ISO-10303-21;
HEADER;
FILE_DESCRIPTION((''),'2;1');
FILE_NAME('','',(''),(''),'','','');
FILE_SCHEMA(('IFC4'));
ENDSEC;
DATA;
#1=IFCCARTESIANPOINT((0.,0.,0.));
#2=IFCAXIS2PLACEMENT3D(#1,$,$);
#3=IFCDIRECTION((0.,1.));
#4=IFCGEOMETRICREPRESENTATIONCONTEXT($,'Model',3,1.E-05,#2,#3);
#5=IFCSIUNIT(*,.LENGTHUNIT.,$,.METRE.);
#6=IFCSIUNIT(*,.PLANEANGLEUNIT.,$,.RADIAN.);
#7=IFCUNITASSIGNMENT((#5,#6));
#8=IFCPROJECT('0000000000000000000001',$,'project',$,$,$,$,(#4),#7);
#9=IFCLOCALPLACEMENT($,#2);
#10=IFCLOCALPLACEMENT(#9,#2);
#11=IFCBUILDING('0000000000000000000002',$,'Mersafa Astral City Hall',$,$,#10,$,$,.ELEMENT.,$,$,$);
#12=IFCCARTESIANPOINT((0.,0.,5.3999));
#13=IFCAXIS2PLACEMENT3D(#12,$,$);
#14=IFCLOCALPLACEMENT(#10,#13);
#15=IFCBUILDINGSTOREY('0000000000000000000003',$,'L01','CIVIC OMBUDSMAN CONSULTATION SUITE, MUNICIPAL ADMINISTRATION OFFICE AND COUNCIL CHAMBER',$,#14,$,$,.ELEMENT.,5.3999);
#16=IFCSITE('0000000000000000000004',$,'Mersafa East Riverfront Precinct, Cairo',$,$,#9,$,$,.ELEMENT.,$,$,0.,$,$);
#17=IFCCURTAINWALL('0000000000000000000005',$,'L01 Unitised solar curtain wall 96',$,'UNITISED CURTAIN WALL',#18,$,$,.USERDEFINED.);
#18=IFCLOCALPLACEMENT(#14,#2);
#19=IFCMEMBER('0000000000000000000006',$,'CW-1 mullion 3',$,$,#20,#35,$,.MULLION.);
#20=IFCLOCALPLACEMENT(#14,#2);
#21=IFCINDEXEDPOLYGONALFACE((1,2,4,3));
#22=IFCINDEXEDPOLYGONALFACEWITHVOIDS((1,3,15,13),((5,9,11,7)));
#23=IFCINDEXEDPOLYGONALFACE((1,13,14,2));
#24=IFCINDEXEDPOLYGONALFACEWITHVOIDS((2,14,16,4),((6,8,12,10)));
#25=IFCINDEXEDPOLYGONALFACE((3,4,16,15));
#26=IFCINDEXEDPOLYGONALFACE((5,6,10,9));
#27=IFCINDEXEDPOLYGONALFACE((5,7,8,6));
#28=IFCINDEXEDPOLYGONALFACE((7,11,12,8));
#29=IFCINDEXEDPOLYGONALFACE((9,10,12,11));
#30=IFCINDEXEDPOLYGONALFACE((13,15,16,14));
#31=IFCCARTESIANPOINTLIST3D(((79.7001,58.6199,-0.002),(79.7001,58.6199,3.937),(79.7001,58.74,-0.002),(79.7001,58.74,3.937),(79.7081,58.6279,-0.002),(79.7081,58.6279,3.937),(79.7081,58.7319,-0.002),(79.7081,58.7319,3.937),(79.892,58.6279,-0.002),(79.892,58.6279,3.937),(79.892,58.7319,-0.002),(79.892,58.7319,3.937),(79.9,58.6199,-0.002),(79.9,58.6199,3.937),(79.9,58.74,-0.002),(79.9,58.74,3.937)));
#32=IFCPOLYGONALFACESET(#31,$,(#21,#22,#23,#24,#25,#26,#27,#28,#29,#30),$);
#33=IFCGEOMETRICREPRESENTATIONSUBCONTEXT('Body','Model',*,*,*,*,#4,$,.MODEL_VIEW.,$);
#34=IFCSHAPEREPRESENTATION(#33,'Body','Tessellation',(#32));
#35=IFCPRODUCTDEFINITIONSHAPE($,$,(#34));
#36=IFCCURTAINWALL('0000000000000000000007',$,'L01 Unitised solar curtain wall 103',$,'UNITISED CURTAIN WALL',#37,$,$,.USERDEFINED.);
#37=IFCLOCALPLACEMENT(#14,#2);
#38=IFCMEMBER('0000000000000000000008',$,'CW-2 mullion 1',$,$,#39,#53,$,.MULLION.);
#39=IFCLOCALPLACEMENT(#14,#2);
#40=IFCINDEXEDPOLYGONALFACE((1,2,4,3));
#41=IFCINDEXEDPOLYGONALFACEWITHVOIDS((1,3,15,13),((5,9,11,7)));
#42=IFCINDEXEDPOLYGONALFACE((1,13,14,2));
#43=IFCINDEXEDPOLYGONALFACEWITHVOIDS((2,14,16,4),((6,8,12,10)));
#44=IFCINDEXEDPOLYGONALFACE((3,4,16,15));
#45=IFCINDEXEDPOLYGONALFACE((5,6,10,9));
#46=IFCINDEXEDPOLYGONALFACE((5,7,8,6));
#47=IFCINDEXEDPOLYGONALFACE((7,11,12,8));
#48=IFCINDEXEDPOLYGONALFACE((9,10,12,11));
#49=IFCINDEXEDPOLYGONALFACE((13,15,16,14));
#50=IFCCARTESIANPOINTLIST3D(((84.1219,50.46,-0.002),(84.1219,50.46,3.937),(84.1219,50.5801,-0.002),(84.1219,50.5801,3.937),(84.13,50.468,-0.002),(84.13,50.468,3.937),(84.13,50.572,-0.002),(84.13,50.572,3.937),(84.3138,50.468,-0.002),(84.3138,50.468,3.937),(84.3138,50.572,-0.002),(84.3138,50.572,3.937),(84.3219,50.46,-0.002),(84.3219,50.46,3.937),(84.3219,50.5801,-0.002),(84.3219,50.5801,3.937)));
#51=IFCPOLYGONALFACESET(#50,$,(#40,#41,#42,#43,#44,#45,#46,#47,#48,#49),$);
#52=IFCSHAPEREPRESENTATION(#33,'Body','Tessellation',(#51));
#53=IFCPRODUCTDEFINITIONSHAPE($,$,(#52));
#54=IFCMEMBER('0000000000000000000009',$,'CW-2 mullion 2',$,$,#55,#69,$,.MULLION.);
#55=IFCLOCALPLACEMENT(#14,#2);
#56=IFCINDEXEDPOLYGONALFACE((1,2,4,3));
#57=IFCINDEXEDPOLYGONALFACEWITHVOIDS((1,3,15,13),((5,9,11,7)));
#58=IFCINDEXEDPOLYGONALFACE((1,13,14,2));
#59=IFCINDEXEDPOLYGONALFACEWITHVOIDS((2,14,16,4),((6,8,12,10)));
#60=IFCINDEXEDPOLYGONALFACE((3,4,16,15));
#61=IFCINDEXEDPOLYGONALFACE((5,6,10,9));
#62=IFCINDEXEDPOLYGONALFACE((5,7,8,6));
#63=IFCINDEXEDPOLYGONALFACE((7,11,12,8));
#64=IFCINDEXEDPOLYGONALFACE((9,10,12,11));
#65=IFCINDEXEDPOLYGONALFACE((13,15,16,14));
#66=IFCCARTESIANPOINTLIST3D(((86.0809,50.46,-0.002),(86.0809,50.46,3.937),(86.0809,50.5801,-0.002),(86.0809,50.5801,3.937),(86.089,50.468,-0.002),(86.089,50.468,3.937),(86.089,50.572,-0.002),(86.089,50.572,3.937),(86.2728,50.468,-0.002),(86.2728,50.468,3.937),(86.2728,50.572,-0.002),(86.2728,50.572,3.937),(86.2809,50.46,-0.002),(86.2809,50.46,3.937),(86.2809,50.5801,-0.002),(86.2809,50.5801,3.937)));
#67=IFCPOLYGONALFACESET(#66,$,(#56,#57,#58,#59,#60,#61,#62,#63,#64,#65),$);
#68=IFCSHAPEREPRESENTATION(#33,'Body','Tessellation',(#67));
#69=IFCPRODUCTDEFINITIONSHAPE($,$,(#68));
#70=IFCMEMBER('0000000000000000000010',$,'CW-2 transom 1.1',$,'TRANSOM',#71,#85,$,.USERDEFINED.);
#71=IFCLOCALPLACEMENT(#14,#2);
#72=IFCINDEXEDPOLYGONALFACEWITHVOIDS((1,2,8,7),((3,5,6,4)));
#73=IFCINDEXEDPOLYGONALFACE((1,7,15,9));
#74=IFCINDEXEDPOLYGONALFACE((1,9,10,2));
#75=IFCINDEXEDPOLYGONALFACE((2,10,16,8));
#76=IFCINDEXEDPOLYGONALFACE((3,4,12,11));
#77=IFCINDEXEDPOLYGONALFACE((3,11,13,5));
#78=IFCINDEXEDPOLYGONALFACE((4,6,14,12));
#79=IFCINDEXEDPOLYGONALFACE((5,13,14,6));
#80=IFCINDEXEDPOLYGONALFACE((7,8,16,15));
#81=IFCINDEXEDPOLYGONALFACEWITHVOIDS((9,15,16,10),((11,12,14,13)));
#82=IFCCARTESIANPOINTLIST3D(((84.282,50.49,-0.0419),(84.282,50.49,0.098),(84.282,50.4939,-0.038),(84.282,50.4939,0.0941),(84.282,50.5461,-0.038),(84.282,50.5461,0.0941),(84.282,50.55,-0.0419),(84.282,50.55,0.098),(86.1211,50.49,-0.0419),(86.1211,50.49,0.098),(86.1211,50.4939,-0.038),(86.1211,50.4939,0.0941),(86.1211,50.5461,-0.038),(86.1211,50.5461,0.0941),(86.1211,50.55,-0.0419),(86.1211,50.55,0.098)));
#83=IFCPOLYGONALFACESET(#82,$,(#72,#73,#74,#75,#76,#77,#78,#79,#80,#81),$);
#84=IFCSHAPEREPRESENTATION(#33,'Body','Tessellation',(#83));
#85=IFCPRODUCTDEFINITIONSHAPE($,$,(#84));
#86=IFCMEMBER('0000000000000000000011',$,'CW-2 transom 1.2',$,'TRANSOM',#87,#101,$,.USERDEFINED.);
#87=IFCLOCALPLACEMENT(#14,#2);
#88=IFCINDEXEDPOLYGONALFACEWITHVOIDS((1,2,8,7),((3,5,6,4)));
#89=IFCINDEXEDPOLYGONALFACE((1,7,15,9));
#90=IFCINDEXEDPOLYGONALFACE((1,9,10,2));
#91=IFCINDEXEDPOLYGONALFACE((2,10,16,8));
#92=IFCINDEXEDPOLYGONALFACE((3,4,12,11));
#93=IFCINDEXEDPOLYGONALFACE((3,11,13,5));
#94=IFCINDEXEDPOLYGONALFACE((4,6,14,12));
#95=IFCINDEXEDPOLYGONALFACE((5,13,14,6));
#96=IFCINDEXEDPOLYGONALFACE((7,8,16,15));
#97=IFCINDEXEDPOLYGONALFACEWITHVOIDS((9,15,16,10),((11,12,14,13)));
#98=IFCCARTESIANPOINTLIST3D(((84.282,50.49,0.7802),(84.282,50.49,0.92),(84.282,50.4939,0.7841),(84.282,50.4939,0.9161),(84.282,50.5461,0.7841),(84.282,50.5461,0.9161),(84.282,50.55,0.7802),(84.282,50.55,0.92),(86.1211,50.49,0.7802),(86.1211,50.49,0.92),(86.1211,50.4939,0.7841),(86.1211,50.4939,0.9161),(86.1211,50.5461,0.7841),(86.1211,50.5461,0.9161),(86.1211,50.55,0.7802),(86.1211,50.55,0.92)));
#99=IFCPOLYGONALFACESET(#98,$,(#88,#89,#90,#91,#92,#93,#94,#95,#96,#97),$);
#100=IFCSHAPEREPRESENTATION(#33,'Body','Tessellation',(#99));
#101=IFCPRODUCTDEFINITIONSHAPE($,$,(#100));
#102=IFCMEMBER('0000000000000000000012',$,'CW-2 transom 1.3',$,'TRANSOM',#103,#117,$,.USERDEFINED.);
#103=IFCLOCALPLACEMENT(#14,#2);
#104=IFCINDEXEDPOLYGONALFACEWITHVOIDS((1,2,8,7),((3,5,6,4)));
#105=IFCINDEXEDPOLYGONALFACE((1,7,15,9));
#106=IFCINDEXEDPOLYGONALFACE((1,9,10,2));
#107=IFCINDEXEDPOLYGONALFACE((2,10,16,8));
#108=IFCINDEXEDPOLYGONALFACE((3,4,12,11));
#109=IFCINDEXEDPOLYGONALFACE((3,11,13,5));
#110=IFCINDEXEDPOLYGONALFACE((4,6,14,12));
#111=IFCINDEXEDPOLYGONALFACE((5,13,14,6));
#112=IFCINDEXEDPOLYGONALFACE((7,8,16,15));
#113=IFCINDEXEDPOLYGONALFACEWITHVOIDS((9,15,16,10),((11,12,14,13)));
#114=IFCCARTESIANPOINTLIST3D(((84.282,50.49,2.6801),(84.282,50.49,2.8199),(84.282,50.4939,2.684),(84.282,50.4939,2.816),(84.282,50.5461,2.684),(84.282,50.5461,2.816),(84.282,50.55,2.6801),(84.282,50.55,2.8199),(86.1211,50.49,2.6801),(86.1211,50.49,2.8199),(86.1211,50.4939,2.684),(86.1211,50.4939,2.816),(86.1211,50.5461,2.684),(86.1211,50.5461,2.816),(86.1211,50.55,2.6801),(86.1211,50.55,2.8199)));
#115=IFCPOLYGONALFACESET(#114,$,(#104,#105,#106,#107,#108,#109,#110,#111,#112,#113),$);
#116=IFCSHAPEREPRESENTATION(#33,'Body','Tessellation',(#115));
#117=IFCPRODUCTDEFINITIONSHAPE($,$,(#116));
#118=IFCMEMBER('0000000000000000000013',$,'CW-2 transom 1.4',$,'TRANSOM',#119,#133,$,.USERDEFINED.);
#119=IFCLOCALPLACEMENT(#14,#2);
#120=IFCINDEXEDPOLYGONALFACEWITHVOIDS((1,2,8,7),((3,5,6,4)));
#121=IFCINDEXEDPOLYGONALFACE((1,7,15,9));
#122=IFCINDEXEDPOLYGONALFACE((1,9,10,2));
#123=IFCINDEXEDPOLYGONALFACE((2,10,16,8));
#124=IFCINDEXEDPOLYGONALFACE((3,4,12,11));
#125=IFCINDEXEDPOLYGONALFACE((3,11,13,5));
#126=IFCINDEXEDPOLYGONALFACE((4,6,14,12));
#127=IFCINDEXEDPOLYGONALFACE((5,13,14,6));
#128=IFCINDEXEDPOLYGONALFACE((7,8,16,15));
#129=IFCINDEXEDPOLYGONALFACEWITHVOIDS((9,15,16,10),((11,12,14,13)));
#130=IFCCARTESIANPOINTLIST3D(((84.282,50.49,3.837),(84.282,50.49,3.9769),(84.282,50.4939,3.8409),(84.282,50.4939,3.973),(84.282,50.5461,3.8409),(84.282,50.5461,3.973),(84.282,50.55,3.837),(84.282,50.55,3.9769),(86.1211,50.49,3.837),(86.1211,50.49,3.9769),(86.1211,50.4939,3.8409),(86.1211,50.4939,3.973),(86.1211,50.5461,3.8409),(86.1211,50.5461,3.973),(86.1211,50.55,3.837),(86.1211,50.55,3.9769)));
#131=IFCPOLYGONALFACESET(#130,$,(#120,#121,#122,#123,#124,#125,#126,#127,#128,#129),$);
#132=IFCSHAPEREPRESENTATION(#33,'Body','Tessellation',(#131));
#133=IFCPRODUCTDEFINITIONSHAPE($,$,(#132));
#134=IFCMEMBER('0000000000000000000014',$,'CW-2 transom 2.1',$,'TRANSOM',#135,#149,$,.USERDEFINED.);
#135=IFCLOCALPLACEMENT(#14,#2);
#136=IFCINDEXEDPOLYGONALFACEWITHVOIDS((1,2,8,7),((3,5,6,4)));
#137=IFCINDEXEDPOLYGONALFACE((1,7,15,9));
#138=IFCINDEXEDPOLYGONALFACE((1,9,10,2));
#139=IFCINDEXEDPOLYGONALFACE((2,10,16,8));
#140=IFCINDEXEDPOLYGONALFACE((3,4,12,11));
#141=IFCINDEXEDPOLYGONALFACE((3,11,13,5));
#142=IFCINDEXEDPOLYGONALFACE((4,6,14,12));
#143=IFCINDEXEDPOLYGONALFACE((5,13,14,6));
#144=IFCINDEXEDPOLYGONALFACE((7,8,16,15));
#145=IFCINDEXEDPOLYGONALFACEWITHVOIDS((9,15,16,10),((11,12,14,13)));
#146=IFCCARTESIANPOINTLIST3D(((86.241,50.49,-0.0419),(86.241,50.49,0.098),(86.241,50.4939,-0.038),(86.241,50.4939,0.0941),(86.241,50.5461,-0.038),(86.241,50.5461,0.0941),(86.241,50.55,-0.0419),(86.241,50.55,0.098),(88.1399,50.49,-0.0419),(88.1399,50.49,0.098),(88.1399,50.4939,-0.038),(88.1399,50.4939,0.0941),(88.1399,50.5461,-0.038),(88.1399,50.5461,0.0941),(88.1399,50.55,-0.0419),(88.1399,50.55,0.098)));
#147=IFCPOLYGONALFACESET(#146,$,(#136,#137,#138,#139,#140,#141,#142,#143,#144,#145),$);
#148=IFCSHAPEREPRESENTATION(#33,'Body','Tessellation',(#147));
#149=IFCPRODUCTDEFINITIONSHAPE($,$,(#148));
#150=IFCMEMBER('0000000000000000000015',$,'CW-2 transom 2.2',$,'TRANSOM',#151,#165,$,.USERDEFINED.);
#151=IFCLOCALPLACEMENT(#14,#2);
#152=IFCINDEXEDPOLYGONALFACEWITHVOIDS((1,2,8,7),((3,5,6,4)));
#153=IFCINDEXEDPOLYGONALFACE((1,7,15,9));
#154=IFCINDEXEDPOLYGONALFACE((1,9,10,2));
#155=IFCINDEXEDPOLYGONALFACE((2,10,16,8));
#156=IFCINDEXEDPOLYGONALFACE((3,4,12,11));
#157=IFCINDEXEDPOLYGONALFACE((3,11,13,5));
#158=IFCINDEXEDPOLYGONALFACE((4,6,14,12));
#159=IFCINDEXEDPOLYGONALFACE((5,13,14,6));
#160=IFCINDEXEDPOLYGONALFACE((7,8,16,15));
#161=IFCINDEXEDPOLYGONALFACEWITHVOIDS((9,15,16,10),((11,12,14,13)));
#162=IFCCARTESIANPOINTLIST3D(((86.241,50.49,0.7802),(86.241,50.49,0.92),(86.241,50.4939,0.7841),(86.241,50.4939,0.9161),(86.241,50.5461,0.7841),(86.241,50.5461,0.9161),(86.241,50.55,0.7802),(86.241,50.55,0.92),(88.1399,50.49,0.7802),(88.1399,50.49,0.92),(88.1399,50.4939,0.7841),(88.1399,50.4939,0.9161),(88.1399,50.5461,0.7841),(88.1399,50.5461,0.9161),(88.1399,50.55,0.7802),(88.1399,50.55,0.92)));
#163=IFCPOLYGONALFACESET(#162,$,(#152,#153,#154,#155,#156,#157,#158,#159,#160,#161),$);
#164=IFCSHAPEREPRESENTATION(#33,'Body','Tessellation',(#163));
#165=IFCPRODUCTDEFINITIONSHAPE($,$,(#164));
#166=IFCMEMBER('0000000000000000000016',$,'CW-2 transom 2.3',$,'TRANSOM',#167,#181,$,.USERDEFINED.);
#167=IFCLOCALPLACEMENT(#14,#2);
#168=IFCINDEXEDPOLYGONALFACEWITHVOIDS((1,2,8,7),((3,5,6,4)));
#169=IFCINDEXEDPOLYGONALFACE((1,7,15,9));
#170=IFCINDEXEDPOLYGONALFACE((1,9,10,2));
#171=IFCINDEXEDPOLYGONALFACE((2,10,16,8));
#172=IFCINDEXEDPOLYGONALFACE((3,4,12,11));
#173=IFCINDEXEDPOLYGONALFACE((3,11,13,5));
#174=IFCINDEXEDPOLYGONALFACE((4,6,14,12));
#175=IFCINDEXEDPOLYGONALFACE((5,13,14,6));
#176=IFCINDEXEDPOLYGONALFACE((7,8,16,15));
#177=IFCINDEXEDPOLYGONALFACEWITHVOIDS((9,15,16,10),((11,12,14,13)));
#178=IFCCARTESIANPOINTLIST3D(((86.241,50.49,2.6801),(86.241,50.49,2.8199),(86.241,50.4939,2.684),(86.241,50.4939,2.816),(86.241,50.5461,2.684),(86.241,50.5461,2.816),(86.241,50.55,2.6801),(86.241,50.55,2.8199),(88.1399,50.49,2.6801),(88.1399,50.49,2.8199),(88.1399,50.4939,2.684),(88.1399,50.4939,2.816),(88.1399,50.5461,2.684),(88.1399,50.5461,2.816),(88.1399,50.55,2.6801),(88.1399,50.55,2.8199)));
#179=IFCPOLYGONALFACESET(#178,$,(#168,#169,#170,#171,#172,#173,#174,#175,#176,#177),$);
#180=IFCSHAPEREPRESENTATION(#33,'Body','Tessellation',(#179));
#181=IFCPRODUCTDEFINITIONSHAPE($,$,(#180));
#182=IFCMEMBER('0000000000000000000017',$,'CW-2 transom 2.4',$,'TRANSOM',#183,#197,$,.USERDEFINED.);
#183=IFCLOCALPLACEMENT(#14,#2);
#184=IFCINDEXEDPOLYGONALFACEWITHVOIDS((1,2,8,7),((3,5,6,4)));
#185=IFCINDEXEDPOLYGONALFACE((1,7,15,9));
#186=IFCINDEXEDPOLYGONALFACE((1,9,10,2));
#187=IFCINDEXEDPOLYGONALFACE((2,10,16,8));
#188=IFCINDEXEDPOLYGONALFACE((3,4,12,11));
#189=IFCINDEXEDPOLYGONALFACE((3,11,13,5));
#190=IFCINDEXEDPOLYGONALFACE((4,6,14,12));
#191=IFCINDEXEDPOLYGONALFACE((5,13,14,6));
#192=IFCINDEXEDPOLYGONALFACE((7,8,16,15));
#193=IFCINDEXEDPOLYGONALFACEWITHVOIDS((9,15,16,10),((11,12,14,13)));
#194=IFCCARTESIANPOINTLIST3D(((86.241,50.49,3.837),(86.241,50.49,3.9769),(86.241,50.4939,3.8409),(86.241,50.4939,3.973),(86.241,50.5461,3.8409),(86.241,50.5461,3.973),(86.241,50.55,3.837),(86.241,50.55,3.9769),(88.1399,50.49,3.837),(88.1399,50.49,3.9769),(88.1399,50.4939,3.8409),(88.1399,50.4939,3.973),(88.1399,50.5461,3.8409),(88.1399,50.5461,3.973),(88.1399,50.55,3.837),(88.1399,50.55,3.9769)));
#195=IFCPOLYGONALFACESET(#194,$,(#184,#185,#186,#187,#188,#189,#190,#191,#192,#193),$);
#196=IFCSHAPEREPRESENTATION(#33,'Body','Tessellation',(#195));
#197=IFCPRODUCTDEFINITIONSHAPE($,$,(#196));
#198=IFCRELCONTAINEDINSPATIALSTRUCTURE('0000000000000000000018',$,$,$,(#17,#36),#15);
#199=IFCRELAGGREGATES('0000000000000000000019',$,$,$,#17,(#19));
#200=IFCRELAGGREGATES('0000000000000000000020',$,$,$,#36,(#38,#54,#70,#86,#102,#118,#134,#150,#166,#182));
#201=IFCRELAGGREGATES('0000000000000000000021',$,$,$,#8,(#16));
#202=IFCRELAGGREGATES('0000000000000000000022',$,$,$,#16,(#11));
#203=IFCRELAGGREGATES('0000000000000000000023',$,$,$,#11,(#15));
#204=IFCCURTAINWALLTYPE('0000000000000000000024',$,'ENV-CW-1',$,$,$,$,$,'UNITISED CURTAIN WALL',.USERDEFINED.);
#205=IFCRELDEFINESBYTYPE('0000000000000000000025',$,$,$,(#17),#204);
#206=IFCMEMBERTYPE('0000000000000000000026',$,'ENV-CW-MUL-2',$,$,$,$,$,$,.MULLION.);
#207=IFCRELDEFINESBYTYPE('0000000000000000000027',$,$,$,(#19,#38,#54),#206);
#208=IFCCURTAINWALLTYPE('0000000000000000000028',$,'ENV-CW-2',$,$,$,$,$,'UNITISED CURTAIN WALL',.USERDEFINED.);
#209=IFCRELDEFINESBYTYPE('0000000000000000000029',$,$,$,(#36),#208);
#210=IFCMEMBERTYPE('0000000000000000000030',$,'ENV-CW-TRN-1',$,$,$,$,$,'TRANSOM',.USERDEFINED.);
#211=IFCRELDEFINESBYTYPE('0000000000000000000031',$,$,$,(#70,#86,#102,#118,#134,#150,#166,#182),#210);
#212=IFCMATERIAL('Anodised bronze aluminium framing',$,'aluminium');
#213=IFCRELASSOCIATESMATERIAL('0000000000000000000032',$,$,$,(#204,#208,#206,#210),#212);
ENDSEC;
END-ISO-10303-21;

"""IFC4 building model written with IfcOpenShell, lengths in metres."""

from ifc_helpers import new_model, si_unit, direction, frame, origin, origin_2d, place, context, subcontext, project, spatial, hollow_rectangle, extrude, material, material_profile, profile_set, type_object, element, aggregate, save


model = new_model("IFC4")

# Units and contexts
model_context = context("Model", 3, precision=1e-05, world=origin(), true_north=direction((0.0, 1.0)))
body_context = subcontext(model_context, "Body", "Model", "MODEL_VIEW")
ifc_project = project(units=[si_unit("LENGTHUNIT", "METRE"), si_unit("PLANEANGLEUNIT", "RADIAN")], contexts=[model_context])

# Site, building, storey
site_placement = place(None, origin())
site = spatial("IfcSite", under=ifc_project, at=site_placement, Name="Mersafa East Riverfront Precinct, Cairo", CompositionType="ELEMENT", RefElevation=0.0)
building_placement = place(site_placement, origin())
building = spatial("IfcBuilding", under=site, at=building_placement, Name="Mersafa Astral City Hall", CompositionType="ELEMENT")
storey_placement = place(building_placement, frame((0.0, 0.0, 5.3999)))
storey = spatial("IfcBuildingStorey", under=building, at=storey_placement, Name="L01", Description="CIVIC OMBUDSMAN CONSULTATION SUITE, MUNICIPAL ADMINISTRATION OFFICE AND COUNCIL CHAMBER", CompositionType="ELEMENT", Elevation=5.3999)

# Curtain wall, member
ifc_material_1 = material(Name="Anodised bronze aluminium framing", Category="aluminium")
curtain_wall_type_1 = type_object("IfcCurtainWallType", Name="ENV-CW-1", ElementType="UNITISED CURTAIN WALL", PredefinedType="USERDEFINED", material=ifc_material_1)
curtain_wall_1_placement = place(storey_placement, origin())
curtain_wall_1 = element("IfcCurtainWall", 1, at=curtain_wall_1_placement, inside=storey, type_object=curtain_wall_type_1, Name="L01 Unitised solar curtain wall 96", ObjectType="UNITISED CURTAIN WALL", PredefinedType="USERDEFINED")
ifc_material_profile_1 = material_profile(ifc_material_1, hollow_rectangle(XDim=0.1201, YDim=0.2, WallThickness=0.0081, at=origin_2d()), Name="RHS 120x200x8")
ifc_profile_set_1 = profile_set([ifc_material_profile_1], Name="Anodised bronze aluminium framing")
member_type_1 = type_object("IfcMemberType", Name="ENV-CW-MUL-2", PredefinedType="MULLION", material=ifc_profile_set_1)
member_1_placement = place(storey_placement, frame((79.8, 58.6799, -0.002), z_axis=(0.0, 0.0, 1.0), x_axis=(0.0, -1.0, 0.0)))
member_1 = element("IfcMember", 2, at=member_1_placement, type_object=member_type_1, Name="CW-1 mullion 3", PredefinedType="MULLION", context=body_context, shape_type="SweptSolid", body=[
    extrude(hollow_rectangle(XDim=0.1201, YDim=0.2, WallThickness=0.0081, at=origin_2d()), origin(), (0.0, 0.0, 1.0), 3.939),
])

# Curtain wall, members
curtain_wall_type_2 = type_object("IfcCurtainWallType", Name="ENV-CW-2", ElementType="UNITISED CURTAIN WALL", PredefinedType="USERDEFINED", material=ifc_material_1)
curtain_wall_2_placement = place(storey_placement, origin())
curtain_wall_2 = element("IfcCurtainWall", 3, at=curtain_wall_2_placement, inside=storey, type_object=curtain_wall_type_2, Name="L01 Unitised solar curtain wall 103", ObjectType="UNITISED CURTAIN WALL", PredefinedType="USERDEFINED")
member_2_placement = place(storey_placement, frame((84.2219, 50.52, -0.002), z_axis=(0.0, 0.0, 1.0), x_axis=(0.0, 1.0, 0.0)))
member_2 = element("IfcMember", 4, at=member_2_placement, type_object=member_type_1, Name="CW-2 mullion 1", PredefinedType="MULLION", context=body_context, shape_type="SweptSolid", body=[
    extrude(hollow_rectangle(XDim=0.1201, YDim=0.2, WallThickness=0.0081, at=origin_2d()), origin(), (0.0, 0.0, 1.0), 3.939),
])
member_3_placement = place(storey_placement, frame((86.1809, 50.52, -0.002), z_axis=(0.0, 0.0, 1.0), x_axis=(0.0, 1.0, 0.0)))
member_3 = element("IfcMember", 5, at=member_3_placement, type_object=member_type_1, Name="CW-2 mullion 2", PredefinedType="MULLION", context=body_context, shape_type="SweptSolid", body=[
    extrude(hollow_rectangle(XDim=0.1201, YDim=0.2, WallThickness=0.0081, at=origin_2d()), origin(), (0.0, 0.0, 1.0), 3.939),
])
ifc_material_profile_2 = material_profile(ifc_material_1, hollow_rectangle(XDim=0.0601, YDim=0.1399, WallThickness=0.0039, at=origin_2d()), Name="RHS 60x140x4")
ifc_profile_set_2 = profile_set([ifc_material_profile_2], Name="Anodised bronze aluminium framing")
member_type_2 = type_object("IfcMemberType", Name="ENV-CW-TRN-1", ElementType="TRANSOM", PredefinedType="USERDEFINED", material=ifc_profile_set_2)
member_4_placement = place(storey_placement, frame((84.282, 50.52, 0.0281), z_axis=(1.0, 0.0, 0.0), x_axis=(0.0, 1.0, 0.0)))
member_4 = element("IfcMember", 6, at=member_4_placement, type_object=member_type_2, Name="CW-2 transom 1.1", ObjectType="TRANSOM", PredefinedType="USERDEFINED", context=body_context, shape_type="SweptSolid", body=[
    extrude(hollow_rectangle(XDim=0.0601, YDim=0.1399, WallThickness=0.0039, at=origin_2d()), origin(), (0.0, 0.0, 1.0), 1.8391),
])
member_5_placement = place(storey_placement, frame((84.282, 50.52, 0.8501), z_axis=(1.0, 0.0, 0.0), x_axis=(0.0, 1.0, 0.0)))
member_5 = element("IfcMember", 7, at=member_5_placement, type_object=member_type_2, Name="CW-2 transom 1.2", ObjectType="TRANSOM", PredefinedType="USERDEFINED", context=body_context, shape_type="SweptSolid", body=[
    extrude(hollow_rectangle(XDim=0.0601, YDim=0.1399, WallThickness=0.0039, at=origin_2d()), origin(), (0.0, 0.0, 1.0), 1.8391),
])
member_6_placement = place(storey_placement, frame((84.282, 50.52, 2.75), z_axis=(1.0, 0.0, 0.0), x_axis=(0.0, 1.0, 0.0)))
member_6 = element("IfcMember", 8, at=member_6_placement, type_object=member_type_2, Name="CW-2 transom 1.3", ObjectType="TRANSOM", PredefinedType="USERDEFINED", context=body_context, shape_type="SweptSolid", body=[
    extrude(hollow_rectangle(XDim=0.0601, YDim=0.1399, WallThickness=0.0039, at=origin_2d()), origin(), (0.0, 0.0, 1.0), 1.8391),
])
member_7_placement = place(storey_placement, frame((84.282, 50.52, 3.907), z_axis=(1.0, 0.0, 0.0), x_axis=(0.0, 1.0, 0.0)))
member_7 = element("IfcMember", 9, at=member_7_placement, type_object=member_type_2, Name="CW-2 transom 1.4", ObjectType="TRANSOM", PredefinedType="USERDEFINED", context=body_context, shape_type="SweptSolid", body=[
    extrude(hollow_rectangle(XDim=0.0601, YDim=0.1399, WallThickness=0.0039, at=origin_2d()), origin(), (0.0, 0.0, 1.0), 1.8391),
])
member_8_placement = place(storey_placement, frame((86.241, 50.52, 0.0281), z_axis=(1.0, 0.0, 0.0), x_axis=(0.0, 1.0, 0.0)))
member_8 = element("IfcMember", 10, at=member_8_placement, type_object=member_type_2, Name="CW-2 transom 2.1", ObjectType="TRANSOM", PredefinedType="USERDEFINED", context=body_context, shape_type="SweptSolid", body=[
    extrude(hollow_rectangle(XDim=0.0601, YDim=0.1399, WallThickness=0.0039, at=origin_2d()), origin(), (0.0, 0.0, 1.0), 1.8989),
])
member_9_placement = place(storey_placement, frame((86.241, 50.52, 0.8501), z_axis=(1.0, 0.0, 0.0), x_axis=(0.0, 1.0, 0.0)))
member_9 = element("IfcMember", 11, at=member_9_placement, type_object=member_type_2, Name="CW-2 transom 2.2", ObjectType="TRANSOM", PredefinedType="USERDEFINED", context=body_context, shape_type="SweptSolid", body=[
    extrude(hollow_rectangle(XDim=0.0601, YDim=0.1399, WallThickness=0.0039, at=origin_2d()), origin(), (0.0, 0.0, 1.0), 1.8989),
])
member_10_placement = place(storey_placement, frame((86.241, 50.52, 2.75), z_axis=(1.0, 0.0, 0.0), x_axis=(0.0, 1.0, 0.0)))
member_10 = element("IfcMember", 12, at=member_10_placement, type_object=member_type_2, Name="CW-2 transom 2.3", ObjectType="TRANSOM", PredefinedType="USERDEFINED", context=body_context, shape_type="SweptSolid", body=[
    extrude(hollow_rectangle(XDim=0.0601, YDim=0.1399, WallThickness=0.0039, at=origin_2d()), origin(), (0.0, 0.0, 1.0), 1.8989),
])
member_11_placement = place(storey_placement, frame((86.241, 50.52, 3.907), z_axis=(1.0, 0.0, 0.0), x_axis=(0.0, 1.0, 0.0)))
member_11 = element("IfcMember", 13, at=member_11_placement, type_object=member_type_2, Name="CW-2 transom 2.4", ObjectType="TRANSOM", PredefinedType="USERDEFINED", context=body_context, shape_type="SweptSolid", body=[
    extrude(hollow_rectangle(XDim=0.0601, YDim=0.1399, WallThickness=0.0039, at=origin_2d()), origin(), (0.0, 0.0, 1.0), 1.8989),
])

aggregate(curtain_wall_1, [member_1])
aggregate(curtain_wall_2, [member_2, member_3, member_4, member_5, member_6, member_7, member_8, member_9, member_10, member_11])

save(model, "model.ifc")
